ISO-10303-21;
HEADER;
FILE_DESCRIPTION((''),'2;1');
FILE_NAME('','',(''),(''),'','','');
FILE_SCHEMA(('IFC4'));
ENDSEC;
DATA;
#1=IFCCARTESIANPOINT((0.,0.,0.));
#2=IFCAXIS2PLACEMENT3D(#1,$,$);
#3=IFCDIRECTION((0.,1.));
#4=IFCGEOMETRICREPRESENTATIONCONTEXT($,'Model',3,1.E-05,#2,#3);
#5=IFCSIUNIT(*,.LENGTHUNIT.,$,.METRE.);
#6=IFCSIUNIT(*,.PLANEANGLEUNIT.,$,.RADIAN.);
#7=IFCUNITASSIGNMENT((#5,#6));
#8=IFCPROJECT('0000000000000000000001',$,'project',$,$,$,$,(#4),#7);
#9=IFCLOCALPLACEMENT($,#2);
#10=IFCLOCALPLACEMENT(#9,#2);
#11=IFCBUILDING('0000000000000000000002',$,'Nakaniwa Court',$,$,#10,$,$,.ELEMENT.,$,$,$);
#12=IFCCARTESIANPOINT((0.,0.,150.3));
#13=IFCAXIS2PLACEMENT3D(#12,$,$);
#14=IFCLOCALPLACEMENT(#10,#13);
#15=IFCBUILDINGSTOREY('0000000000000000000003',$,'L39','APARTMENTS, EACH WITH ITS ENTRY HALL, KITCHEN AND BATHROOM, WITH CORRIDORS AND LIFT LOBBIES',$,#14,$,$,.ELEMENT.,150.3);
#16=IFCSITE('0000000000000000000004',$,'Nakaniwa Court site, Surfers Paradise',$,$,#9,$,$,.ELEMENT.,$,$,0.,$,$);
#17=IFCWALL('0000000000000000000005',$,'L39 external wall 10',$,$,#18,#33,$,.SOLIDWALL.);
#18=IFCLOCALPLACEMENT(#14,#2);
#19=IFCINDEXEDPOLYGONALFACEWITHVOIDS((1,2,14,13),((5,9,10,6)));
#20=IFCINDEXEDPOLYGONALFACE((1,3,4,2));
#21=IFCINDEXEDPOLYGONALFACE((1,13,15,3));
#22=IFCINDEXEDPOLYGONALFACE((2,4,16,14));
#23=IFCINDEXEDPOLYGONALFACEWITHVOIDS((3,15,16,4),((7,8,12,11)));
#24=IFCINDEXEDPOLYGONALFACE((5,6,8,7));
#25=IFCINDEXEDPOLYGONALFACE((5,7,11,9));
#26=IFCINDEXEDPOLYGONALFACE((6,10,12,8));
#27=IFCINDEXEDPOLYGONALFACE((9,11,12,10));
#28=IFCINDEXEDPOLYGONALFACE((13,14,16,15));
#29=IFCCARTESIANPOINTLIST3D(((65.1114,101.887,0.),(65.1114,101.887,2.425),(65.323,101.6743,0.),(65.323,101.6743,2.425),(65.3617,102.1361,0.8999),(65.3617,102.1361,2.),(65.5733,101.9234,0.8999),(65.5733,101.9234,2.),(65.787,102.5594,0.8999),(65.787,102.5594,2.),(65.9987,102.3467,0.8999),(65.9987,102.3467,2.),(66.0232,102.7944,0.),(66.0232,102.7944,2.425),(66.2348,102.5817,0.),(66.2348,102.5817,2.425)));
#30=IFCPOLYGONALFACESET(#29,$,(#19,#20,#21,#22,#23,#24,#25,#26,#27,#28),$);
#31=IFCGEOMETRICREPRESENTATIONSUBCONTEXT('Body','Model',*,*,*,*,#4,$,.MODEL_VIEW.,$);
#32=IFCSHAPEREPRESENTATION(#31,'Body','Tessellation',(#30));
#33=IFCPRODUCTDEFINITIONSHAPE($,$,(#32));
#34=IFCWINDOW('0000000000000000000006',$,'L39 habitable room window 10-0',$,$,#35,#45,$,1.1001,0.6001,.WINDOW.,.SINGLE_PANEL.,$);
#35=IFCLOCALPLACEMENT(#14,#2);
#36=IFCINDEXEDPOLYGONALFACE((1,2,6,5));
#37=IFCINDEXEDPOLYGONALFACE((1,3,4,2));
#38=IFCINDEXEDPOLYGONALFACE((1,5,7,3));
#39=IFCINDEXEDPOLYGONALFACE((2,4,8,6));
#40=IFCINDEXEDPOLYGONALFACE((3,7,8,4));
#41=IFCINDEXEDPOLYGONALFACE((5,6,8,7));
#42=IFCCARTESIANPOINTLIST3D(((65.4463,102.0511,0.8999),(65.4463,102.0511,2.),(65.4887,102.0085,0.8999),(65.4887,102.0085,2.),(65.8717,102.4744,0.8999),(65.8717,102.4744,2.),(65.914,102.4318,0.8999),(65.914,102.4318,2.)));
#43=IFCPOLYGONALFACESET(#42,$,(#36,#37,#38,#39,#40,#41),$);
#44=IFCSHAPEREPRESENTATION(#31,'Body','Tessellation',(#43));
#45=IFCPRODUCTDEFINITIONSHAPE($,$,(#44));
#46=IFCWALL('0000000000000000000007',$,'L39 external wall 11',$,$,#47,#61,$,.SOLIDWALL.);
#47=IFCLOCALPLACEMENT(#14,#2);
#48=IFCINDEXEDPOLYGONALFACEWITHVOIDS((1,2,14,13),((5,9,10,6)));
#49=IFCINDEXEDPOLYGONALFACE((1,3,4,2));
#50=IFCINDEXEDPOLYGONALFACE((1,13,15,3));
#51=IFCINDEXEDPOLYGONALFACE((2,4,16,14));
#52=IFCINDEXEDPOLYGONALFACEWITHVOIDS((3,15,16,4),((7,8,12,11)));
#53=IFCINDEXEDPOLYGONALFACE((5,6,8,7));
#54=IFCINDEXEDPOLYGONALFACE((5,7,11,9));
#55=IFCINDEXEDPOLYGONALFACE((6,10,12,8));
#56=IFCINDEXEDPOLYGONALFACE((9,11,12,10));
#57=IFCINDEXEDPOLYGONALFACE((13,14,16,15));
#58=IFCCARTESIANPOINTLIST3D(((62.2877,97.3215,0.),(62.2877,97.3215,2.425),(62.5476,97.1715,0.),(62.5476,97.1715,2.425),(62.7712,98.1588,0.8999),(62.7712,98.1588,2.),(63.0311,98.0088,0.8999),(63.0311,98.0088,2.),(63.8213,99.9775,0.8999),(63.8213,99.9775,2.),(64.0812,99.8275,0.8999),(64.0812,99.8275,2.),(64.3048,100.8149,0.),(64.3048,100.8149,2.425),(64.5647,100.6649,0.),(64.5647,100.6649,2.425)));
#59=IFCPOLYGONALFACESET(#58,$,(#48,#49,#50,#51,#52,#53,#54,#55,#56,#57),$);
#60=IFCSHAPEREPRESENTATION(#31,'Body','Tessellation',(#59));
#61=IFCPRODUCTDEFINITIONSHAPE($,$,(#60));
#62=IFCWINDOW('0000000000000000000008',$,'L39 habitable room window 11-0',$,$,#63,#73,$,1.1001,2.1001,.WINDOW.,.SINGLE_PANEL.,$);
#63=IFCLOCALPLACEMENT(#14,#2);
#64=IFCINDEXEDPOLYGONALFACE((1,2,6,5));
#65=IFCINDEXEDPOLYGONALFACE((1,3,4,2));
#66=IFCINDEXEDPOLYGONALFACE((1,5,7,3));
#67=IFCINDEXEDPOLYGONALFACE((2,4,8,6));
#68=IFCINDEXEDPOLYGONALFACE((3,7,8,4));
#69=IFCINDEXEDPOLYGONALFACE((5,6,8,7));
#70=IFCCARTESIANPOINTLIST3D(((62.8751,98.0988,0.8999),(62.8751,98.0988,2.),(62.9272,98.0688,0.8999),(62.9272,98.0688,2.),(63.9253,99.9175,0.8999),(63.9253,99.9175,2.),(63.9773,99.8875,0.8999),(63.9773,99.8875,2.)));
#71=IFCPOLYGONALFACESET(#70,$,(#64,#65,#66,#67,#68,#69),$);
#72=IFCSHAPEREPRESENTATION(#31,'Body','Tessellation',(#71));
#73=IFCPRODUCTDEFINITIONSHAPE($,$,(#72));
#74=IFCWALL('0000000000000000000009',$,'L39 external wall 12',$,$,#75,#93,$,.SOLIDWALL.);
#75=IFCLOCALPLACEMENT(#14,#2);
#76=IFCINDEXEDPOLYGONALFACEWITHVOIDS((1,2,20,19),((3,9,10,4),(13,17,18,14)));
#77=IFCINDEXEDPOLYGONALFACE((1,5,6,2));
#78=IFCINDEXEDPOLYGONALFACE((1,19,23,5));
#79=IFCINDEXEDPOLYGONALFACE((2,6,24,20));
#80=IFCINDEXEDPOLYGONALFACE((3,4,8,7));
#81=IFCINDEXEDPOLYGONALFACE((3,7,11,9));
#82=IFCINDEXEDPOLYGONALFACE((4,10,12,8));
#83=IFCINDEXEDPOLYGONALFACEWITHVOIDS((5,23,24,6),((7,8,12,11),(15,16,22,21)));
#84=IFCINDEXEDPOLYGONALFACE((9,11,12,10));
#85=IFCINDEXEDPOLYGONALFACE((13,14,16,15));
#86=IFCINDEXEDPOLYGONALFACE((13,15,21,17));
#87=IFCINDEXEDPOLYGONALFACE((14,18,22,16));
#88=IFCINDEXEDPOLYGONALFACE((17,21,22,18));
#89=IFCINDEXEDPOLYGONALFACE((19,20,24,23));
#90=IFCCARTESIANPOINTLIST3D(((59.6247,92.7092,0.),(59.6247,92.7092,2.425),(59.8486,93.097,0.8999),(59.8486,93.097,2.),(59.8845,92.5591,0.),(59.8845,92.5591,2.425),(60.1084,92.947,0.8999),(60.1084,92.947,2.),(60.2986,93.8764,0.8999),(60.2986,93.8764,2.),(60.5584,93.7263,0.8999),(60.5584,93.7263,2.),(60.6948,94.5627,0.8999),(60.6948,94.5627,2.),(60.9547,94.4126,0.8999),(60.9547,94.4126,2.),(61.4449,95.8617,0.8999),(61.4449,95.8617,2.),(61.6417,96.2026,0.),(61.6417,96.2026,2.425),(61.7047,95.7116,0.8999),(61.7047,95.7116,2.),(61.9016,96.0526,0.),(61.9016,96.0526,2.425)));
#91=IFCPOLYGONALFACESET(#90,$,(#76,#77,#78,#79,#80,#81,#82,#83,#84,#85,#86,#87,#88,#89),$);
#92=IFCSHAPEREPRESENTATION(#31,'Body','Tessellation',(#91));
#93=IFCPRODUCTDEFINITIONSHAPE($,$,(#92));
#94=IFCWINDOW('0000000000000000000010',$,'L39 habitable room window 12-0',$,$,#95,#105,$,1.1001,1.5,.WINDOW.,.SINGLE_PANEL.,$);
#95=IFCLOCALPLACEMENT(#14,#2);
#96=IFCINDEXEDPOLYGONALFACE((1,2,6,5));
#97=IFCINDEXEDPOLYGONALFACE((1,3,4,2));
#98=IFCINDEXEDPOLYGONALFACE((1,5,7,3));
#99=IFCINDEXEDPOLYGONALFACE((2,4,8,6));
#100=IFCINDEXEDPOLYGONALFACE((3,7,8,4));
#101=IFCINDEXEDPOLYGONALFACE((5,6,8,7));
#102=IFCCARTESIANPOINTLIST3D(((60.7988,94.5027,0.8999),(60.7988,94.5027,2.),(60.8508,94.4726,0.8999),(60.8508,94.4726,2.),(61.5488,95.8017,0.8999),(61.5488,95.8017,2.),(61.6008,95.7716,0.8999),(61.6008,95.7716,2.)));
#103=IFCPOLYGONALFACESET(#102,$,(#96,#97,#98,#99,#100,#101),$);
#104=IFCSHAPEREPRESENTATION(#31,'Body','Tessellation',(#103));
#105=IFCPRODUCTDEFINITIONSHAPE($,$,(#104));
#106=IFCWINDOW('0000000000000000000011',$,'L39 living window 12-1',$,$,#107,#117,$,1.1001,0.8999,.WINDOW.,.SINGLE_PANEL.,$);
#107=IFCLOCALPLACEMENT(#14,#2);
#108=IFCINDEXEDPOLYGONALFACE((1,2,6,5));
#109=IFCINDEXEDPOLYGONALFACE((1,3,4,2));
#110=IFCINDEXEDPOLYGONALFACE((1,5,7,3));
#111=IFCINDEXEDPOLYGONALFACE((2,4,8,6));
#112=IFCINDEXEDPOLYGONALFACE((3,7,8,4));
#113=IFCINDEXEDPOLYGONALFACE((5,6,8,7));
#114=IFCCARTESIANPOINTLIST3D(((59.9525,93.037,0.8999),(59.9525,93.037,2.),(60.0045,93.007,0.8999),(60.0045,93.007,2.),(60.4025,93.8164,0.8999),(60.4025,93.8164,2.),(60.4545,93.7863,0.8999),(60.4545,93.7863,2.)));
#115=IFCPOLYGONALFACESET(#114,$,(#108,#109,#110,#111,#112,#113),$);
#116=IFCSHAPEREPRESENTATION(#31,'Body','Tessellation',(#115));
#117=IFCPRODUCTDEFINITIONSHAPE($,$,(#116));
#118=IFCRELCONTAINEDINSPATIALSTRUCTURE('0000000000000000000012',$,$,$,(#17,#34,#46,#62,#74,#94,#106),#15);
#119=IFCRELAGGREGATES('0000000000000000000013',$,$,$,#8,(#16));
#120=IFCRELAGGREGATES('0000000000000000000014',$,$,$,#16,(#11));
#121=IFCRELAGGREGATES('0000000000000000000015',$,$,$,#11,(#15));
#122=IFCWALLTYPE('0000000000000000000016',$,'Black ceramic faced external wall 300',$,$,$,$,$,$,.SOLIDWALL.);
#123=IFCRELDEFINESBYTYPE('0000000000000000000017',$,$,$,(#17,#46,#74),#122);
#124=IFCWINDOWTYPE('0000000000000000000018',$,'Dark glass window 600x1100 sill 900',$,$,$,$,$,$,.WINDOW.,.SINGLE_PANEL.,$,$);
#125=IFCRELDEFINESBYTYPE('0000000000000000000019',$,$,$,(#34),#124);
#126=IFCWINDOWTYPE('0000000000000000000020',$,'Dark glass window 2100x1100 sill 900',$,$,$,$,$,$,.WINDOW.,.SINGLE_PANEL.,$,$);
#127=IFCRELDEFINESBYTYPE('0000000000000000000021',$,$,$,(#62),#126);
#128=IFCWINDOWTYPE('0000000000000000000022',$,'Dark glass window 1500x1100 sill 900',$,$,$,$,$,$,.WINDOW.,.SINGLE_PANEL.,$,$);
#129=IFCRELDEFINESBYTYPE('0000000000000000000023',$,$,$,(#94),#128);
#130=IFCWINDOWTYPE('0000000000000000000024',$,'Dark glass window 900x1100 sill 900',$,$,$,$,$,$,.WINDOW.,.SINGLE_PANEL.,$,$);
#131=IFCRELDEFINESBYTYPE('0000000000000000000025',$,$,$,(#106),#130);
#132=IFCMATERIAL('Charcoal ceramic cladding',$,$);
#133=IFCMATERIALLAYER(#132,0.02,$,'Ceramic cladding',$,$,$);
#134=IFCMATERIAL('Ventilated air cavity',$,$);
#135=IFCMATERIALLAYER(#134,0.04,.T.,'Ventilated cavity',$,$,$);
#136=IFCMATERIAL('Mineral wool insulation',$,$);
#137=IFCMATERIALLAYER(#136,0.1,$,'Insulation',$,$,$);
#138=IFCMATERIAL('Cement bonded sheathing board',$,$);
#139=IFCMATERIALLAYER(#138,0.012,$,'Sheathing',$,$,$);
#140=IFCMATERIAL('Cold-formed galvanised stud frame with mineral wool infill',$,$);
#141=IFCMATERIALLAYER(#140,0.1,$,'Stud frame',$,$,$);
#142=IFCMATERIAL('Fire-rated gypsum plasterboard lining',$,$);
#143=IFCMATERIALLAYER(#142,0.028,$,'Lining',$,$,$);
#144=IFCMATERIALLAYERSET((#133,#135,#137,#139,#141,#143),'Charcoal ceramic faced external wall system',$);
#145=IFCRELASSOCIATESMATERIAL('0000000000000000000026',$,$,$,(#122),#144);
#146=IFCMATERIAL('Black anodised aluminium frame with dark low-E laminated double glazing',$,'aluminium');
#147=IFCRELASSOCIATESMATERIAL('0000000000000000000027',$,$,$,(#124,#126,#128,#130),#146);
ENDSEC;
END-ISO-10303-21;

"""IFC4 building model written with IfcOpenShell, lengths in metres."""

from ifc_helpers import new_model, si_unit, direction, frame, frame_2d, origin, place, context, subcontext, project, spatial, rectangle, extrude, material, layer, layer_set, type_object, element, fill, save


model = new_model("IFC4")

# Units and contexts
model_context = context("Model", 3, precision=1e-05, world=origin(), true_north=direction((0.0, 1.0)))
body_context = subcontext(model_context, "Body", "Model", "MODEL_VIEW")
ifc_project = project(units=[si_unit("LENGTHUNIT", "METRE"), si_unit("PLANEANGLEUNIT", "RADIAN")], contexts=[model_context])

# Site, building, storey
site_placement = place(None, origin())
site = spatial("IfcSite", under=ifc_project, at=site_placement, Name="Nakaniwa Court site, Surfers Paradise", CompositionType="ELEMENT", RefElevation=0.0)
building_placement = place(site_placement, origin())
building = spatial("IfcBuilding", under=site, at=building_placement, Name="Nakaniwa Court", CompositionType="ELEMENT")
storey_placement = place(building_placement, frame((0.0, 0.0, 150.3)))
storey = spatial("IfcBuildingStorey", under=building, at=storey_placement, Name="L39", Description="APARTMENTS, EACH WITH ITS ENTRY HALL, KITCHEN AND BATHROOM, WITH CORRIDORS AND LIFT LOBBIES", CompositionType="ELEMENT", Elevation=150.3)

# Walls, openings, windows
ifc_material_1 = material(Name="Charcoal ceramic cladding")
ifc_layer_1 = layer(ifc_material_1, 0.02, Name="Ceramic cladding")
ifc_material_2 = material(Name="Ventilated air cavity")
ifc_layer_2 = layer(ifc_material_2, 0.04, ventilated=True, Name="Ventilated cavity")
ifc_material_3 = material(Name="Mineral wool insulation")
ifc_layer_3 = layer(ifc_material_3, 0.1, Name="Insulation")
ifc_material_4 = material(Name="Cement bonded sheathing board")
ifc_layer_4 = layer(ifc_material_4, 0.012, Name="Sheathing")
ifc_material_5 = material(Name="Cold-formed galvanised stud frame with mineral wool infill")
ifc_layer_5 = layer(ifc_material_5, 0.1, Name="Stud frame")
ifc_material_6 = material(Name="Fire-rated gypsum plasterboard lining")
ifc_layer_6 = layer(ifc_material_6, 0.028, Name="Lining")
ifc_layer_set_1 = layer_set([ifc_layer_1, ifc_layer_2, ifc_layer_3, ifc_layer_4, ifc_layer_5, ifc_layer_6], Name="Charcoal ceramic faced external wall system")
wall_type_1 = type_object("IfcWallType", Name="Black ceramic faced external wall 300", PredefinedType="SOLIDWALL", material=ifc_layer_set_1)
wall_1_placement = place(storey_placement, frame((66.1289, 102.688, 0.0), z_axis=(0.0, 0.0, 1.0), x_axis=(-0.708813, -0.705397, 0.0)))
wall_1 = element("IfcWall", 1, at=wall_1_placement, inside=storey, type_object=wall_type_1, Name="L39 external wall 10", PredefinedType="SOLIDWALL", context=body_context, shape_type="SweptSolid", body=[
    extrude(rectangle(XDim=1.2864, YDim=0.3, at=frame_2d((0.6431, 0.0))), origin(), (0.0, 0.0, 1.0), 2.425),
])
opening_1_placement = place(wall_1_placement, frame((0.333, 0.0, 0.8999)))
opening_1 = element("IfcOpeningElement", 2, at=opening_1_placement, cuts=wall_1, PredefinedType="OPENING", context=body_context, shape_type="SweptSolid", body=[
    extrude(rectangle(XDim=0.6001, YDim=1.1001, at=frame_2d((0.3, 0.55))), frame((0.0, 0.1599, 0.0), z_axis=(0.0, -1.0, 0.0), x_axis=(1.0, 0.0, 0.0)), (0.0, 0.0, 1.0), 0.3201),
])
ifc_material_7 = material(Name="Black anodised aluminium frame with dark low-E laminated double glazing", Category="aluminium")
window_type_1 = type_object("IfcWindowType", Name="Dark glass window 600x1100 sill 900", PartitioningType="SINGLE_PANEL", PredefinedType="WINDOW", material=ifc_material_7)
window_1_placement = place(opening_1_placement, origin())
window_1 = element("IfcWindow", 3, at=window_1_placement, inside=storey, type_object=window_type_1, Name="L39 habitable room window 10-0", OverallHeight=1.1001, OverallWidth=0.6001, PartitioningType="SINGLE_PANEL", PredefinedType="WINDOW", context=body_context, shape_type="SweptSolid", body=[
    extrude(rectangle(XDim=0.6001, YDim=1.1001, at=frame_2d((0.3, 0.55))), frame((0.0, 0.03, 0.0), z_axis=(0.0, -1.0, 0.0), x_axis=(1.0, 0.0, 0.0)), (0.0, 0.0, 1.0), 0.0601),
])
fill(opening_1, window_1)
wall_2_placement = place(storey_placement, frame((64.4348, 100.74, 0.0), z_axis=(0.0, 0.0, 1.0), x_axis=(-0.500032, -0.866007, 0.0)))
wall_2 = element("IfcWall", 4, at=wall_2_placement, inside=storey, type_object=wall_type_1, Name="L39 external wall 11", PredefinedType="SOLIDWALL", context=body_context, shape_type="SweptSolid", body=[
    extrude(rectangle(XDim=4.0339, YDim=0.3, at=frame_2d((2.0171, 0.0))), origin(), (0.0, 0.0, 1.0), 2.425),
])
opening_2_placement = place(wall_2_placement, frame((0.967, 0.0, 0.8999)))
opening_2 = element("IfcOpeningElement", 5, at=opening_2_placement, cuts=wall_2, PredefinedType="OPENING", context=body_context, shape_type="SweptSolid", body=[
    extrude(rectangle(XDim=2.1001, YDim=1.1001, at=frame_2d((1.05, 0.55))), frame((0.0, 0.1599, 0.0), z_axis=(0.0, -1.0, 0.0), x_axis=(1.0, 0.0, 0.0)), (0.0, 0.0, 1.0), 0.3201),
])
window_type_2 = type_object("IfcWindowType", Name="Dark glass window 2100x1100 sill 900", PartitioningType="SINGLE_PANEL", PredefinedType="WINDOW", material=ifc_material_7)
window_2_placement = place(opening_2_placement, origin())
window_2 = element("IfcWindow", 6, at=window_2_placement, inside=storey, type_object=window_type_2, Name="L39 habitable room window 11-0", OverallHeight=1.1001, OverallWidth=2.1001, PartitioningType="SINGLE_PANEL", PredefinedType="WINDOW", context=body_context, shape_type="SweptSolid", body=[
    extrude(rectangle(XDim=2.1001, YDim=1.1001, at=frame_2d((1.05, 0.55))), frame((0.0, 0.03, 0.0), z_axis=(0.0, -1.0, 0.0), x_axis=(1.0, 0.0, 0.0)), (0.0, 0.0, 1.0), 0.0601),
])
fill(opening_2, window_2)

# Wall, openings, windows
wall_3_placement = place(storey_placement, frame((61.7717, 96.1277, 0.0), z_axis=(0.0, 0.0, 1.0), x_axis=(-0.500032, -0.866007, 0.0)))
wall_3 = element("IfcWall", 7, at=wall_3_placement, inside=storey, type_object=wall_type_1, Name="L39 external wall 12", PredefinedType="SOLIDWALL", context=body_context, shape_type="SweptSolid", body=[
    extrude(rectangle(XDim=4.0339, YDim=0.3, at=frame_2d((2.0171, 0.0))), origin(), (0.0, 0.0, 1.0), 2.425),
])
opening_3_placement = place(wall_3_placement, frame((0.3938, 0.0, 0.8999)))
opening_3 = element("IfcOpeningElement", 8, at=opening_3_placement, cuts=wall_3, PredefinedType="OPENING", context=body_context, shape_type="SweptSolid", body=[
    extrude(rectangle(XDim=1.5, YDim=1.1001, at=frame_2d((0.75, 0.55))), frame((0.0, 0.1599, 0.0), z_axis=(0.0, -1.0, 0.0), x_axis=(1.0, 0.0, 0.0)), (0.0, 0.0, 1.0), 0.3201),
])
opening_4_placement = place(wall_3_placement, frame((2.6863, 0.0, 0.8999)))
opening_4 = element("IfcOpeningElement", 9, at=opening_4_placement, cuts=wall_3, PredefinedType="OPENING", context=body_context, shape_type="SweptSolid", body=[
    extrude(rectangle(XDim=0.8999, YDim=1.1001, at=frame_2d((0.45, 0.55))), frame((0.0, 0.1599, 0.0), z_axis=(0.0, -1.0, 0.0), x_axis=(1.0, 0.0, 0.0)), (0.0, 0.0, 1.0), 0.3201),
])
window_type_3 = type_object("IfcWindowType", Name="Dark glass window 1500x1100 sill 900", PartitioningType="SINGLE_PANEL", PredefinedType="WINDOW", material=ifc_material_7)
window_3_placement = place(opening_3_placement, origin())
window_3 = element("IfcWindow", 10, at=window_3_placement, inside=storey, type_object=window_type_3, Name="L39 habitable room window 12-0", OverallHeight=1.1001, OverallWidth=1.5, PartitioningType="SINGLE_PANEL", PredefinedType="WINDOW", context=body_context, shape_type="SweptSolid", body=[
    extrude(rectangle(XDim=1.5, YDim=1.1001, at=frame_2d((0.75, 0.55))), frame((0.0, 0.03, 0.0), z_axis=(0.0, -1.0, 0.0), x_axis=(1.0, 0.0, 0.0)), (0.0, 0.0, 1.0), 0.0601),
])
fill(opening_3, window_3)
window_type_4 = type_object("IfcWindowType", Name="Dark glass window 900x1100 sill 900", PartitioningType="SINGLE_PANEL", PredefinedType="WINDOW", material=ifc_material_7)
window_4_placement = place(opening_4_placement, origin())
window_4 = element("IfcWindow", 11, at=window_4_placement, inside=storey, type_object=window_type_4, Name="L39 living window 12-1", OverallHeight=1.1001, OverallWidth=0.8999, PartitioningType="SINGLE_PANEL", PredefinedType="WINDOW", context=body_context, shape_type="SweptSolid", body=[
    extrude(rectangle(XDim=0.8999, YDim=1.1001, at=frame_2d((0.45, 0.55))), frame((0.0, 0.03, 0.0), z_axis=(0.0, -1.0, 0.0), x_axis=(1.0, 0.0, 0.0)), (0.0, 0.0, 1.0), 0.0601),
])
fill(opening_4, window_4)

save(model, "model.ifc")
